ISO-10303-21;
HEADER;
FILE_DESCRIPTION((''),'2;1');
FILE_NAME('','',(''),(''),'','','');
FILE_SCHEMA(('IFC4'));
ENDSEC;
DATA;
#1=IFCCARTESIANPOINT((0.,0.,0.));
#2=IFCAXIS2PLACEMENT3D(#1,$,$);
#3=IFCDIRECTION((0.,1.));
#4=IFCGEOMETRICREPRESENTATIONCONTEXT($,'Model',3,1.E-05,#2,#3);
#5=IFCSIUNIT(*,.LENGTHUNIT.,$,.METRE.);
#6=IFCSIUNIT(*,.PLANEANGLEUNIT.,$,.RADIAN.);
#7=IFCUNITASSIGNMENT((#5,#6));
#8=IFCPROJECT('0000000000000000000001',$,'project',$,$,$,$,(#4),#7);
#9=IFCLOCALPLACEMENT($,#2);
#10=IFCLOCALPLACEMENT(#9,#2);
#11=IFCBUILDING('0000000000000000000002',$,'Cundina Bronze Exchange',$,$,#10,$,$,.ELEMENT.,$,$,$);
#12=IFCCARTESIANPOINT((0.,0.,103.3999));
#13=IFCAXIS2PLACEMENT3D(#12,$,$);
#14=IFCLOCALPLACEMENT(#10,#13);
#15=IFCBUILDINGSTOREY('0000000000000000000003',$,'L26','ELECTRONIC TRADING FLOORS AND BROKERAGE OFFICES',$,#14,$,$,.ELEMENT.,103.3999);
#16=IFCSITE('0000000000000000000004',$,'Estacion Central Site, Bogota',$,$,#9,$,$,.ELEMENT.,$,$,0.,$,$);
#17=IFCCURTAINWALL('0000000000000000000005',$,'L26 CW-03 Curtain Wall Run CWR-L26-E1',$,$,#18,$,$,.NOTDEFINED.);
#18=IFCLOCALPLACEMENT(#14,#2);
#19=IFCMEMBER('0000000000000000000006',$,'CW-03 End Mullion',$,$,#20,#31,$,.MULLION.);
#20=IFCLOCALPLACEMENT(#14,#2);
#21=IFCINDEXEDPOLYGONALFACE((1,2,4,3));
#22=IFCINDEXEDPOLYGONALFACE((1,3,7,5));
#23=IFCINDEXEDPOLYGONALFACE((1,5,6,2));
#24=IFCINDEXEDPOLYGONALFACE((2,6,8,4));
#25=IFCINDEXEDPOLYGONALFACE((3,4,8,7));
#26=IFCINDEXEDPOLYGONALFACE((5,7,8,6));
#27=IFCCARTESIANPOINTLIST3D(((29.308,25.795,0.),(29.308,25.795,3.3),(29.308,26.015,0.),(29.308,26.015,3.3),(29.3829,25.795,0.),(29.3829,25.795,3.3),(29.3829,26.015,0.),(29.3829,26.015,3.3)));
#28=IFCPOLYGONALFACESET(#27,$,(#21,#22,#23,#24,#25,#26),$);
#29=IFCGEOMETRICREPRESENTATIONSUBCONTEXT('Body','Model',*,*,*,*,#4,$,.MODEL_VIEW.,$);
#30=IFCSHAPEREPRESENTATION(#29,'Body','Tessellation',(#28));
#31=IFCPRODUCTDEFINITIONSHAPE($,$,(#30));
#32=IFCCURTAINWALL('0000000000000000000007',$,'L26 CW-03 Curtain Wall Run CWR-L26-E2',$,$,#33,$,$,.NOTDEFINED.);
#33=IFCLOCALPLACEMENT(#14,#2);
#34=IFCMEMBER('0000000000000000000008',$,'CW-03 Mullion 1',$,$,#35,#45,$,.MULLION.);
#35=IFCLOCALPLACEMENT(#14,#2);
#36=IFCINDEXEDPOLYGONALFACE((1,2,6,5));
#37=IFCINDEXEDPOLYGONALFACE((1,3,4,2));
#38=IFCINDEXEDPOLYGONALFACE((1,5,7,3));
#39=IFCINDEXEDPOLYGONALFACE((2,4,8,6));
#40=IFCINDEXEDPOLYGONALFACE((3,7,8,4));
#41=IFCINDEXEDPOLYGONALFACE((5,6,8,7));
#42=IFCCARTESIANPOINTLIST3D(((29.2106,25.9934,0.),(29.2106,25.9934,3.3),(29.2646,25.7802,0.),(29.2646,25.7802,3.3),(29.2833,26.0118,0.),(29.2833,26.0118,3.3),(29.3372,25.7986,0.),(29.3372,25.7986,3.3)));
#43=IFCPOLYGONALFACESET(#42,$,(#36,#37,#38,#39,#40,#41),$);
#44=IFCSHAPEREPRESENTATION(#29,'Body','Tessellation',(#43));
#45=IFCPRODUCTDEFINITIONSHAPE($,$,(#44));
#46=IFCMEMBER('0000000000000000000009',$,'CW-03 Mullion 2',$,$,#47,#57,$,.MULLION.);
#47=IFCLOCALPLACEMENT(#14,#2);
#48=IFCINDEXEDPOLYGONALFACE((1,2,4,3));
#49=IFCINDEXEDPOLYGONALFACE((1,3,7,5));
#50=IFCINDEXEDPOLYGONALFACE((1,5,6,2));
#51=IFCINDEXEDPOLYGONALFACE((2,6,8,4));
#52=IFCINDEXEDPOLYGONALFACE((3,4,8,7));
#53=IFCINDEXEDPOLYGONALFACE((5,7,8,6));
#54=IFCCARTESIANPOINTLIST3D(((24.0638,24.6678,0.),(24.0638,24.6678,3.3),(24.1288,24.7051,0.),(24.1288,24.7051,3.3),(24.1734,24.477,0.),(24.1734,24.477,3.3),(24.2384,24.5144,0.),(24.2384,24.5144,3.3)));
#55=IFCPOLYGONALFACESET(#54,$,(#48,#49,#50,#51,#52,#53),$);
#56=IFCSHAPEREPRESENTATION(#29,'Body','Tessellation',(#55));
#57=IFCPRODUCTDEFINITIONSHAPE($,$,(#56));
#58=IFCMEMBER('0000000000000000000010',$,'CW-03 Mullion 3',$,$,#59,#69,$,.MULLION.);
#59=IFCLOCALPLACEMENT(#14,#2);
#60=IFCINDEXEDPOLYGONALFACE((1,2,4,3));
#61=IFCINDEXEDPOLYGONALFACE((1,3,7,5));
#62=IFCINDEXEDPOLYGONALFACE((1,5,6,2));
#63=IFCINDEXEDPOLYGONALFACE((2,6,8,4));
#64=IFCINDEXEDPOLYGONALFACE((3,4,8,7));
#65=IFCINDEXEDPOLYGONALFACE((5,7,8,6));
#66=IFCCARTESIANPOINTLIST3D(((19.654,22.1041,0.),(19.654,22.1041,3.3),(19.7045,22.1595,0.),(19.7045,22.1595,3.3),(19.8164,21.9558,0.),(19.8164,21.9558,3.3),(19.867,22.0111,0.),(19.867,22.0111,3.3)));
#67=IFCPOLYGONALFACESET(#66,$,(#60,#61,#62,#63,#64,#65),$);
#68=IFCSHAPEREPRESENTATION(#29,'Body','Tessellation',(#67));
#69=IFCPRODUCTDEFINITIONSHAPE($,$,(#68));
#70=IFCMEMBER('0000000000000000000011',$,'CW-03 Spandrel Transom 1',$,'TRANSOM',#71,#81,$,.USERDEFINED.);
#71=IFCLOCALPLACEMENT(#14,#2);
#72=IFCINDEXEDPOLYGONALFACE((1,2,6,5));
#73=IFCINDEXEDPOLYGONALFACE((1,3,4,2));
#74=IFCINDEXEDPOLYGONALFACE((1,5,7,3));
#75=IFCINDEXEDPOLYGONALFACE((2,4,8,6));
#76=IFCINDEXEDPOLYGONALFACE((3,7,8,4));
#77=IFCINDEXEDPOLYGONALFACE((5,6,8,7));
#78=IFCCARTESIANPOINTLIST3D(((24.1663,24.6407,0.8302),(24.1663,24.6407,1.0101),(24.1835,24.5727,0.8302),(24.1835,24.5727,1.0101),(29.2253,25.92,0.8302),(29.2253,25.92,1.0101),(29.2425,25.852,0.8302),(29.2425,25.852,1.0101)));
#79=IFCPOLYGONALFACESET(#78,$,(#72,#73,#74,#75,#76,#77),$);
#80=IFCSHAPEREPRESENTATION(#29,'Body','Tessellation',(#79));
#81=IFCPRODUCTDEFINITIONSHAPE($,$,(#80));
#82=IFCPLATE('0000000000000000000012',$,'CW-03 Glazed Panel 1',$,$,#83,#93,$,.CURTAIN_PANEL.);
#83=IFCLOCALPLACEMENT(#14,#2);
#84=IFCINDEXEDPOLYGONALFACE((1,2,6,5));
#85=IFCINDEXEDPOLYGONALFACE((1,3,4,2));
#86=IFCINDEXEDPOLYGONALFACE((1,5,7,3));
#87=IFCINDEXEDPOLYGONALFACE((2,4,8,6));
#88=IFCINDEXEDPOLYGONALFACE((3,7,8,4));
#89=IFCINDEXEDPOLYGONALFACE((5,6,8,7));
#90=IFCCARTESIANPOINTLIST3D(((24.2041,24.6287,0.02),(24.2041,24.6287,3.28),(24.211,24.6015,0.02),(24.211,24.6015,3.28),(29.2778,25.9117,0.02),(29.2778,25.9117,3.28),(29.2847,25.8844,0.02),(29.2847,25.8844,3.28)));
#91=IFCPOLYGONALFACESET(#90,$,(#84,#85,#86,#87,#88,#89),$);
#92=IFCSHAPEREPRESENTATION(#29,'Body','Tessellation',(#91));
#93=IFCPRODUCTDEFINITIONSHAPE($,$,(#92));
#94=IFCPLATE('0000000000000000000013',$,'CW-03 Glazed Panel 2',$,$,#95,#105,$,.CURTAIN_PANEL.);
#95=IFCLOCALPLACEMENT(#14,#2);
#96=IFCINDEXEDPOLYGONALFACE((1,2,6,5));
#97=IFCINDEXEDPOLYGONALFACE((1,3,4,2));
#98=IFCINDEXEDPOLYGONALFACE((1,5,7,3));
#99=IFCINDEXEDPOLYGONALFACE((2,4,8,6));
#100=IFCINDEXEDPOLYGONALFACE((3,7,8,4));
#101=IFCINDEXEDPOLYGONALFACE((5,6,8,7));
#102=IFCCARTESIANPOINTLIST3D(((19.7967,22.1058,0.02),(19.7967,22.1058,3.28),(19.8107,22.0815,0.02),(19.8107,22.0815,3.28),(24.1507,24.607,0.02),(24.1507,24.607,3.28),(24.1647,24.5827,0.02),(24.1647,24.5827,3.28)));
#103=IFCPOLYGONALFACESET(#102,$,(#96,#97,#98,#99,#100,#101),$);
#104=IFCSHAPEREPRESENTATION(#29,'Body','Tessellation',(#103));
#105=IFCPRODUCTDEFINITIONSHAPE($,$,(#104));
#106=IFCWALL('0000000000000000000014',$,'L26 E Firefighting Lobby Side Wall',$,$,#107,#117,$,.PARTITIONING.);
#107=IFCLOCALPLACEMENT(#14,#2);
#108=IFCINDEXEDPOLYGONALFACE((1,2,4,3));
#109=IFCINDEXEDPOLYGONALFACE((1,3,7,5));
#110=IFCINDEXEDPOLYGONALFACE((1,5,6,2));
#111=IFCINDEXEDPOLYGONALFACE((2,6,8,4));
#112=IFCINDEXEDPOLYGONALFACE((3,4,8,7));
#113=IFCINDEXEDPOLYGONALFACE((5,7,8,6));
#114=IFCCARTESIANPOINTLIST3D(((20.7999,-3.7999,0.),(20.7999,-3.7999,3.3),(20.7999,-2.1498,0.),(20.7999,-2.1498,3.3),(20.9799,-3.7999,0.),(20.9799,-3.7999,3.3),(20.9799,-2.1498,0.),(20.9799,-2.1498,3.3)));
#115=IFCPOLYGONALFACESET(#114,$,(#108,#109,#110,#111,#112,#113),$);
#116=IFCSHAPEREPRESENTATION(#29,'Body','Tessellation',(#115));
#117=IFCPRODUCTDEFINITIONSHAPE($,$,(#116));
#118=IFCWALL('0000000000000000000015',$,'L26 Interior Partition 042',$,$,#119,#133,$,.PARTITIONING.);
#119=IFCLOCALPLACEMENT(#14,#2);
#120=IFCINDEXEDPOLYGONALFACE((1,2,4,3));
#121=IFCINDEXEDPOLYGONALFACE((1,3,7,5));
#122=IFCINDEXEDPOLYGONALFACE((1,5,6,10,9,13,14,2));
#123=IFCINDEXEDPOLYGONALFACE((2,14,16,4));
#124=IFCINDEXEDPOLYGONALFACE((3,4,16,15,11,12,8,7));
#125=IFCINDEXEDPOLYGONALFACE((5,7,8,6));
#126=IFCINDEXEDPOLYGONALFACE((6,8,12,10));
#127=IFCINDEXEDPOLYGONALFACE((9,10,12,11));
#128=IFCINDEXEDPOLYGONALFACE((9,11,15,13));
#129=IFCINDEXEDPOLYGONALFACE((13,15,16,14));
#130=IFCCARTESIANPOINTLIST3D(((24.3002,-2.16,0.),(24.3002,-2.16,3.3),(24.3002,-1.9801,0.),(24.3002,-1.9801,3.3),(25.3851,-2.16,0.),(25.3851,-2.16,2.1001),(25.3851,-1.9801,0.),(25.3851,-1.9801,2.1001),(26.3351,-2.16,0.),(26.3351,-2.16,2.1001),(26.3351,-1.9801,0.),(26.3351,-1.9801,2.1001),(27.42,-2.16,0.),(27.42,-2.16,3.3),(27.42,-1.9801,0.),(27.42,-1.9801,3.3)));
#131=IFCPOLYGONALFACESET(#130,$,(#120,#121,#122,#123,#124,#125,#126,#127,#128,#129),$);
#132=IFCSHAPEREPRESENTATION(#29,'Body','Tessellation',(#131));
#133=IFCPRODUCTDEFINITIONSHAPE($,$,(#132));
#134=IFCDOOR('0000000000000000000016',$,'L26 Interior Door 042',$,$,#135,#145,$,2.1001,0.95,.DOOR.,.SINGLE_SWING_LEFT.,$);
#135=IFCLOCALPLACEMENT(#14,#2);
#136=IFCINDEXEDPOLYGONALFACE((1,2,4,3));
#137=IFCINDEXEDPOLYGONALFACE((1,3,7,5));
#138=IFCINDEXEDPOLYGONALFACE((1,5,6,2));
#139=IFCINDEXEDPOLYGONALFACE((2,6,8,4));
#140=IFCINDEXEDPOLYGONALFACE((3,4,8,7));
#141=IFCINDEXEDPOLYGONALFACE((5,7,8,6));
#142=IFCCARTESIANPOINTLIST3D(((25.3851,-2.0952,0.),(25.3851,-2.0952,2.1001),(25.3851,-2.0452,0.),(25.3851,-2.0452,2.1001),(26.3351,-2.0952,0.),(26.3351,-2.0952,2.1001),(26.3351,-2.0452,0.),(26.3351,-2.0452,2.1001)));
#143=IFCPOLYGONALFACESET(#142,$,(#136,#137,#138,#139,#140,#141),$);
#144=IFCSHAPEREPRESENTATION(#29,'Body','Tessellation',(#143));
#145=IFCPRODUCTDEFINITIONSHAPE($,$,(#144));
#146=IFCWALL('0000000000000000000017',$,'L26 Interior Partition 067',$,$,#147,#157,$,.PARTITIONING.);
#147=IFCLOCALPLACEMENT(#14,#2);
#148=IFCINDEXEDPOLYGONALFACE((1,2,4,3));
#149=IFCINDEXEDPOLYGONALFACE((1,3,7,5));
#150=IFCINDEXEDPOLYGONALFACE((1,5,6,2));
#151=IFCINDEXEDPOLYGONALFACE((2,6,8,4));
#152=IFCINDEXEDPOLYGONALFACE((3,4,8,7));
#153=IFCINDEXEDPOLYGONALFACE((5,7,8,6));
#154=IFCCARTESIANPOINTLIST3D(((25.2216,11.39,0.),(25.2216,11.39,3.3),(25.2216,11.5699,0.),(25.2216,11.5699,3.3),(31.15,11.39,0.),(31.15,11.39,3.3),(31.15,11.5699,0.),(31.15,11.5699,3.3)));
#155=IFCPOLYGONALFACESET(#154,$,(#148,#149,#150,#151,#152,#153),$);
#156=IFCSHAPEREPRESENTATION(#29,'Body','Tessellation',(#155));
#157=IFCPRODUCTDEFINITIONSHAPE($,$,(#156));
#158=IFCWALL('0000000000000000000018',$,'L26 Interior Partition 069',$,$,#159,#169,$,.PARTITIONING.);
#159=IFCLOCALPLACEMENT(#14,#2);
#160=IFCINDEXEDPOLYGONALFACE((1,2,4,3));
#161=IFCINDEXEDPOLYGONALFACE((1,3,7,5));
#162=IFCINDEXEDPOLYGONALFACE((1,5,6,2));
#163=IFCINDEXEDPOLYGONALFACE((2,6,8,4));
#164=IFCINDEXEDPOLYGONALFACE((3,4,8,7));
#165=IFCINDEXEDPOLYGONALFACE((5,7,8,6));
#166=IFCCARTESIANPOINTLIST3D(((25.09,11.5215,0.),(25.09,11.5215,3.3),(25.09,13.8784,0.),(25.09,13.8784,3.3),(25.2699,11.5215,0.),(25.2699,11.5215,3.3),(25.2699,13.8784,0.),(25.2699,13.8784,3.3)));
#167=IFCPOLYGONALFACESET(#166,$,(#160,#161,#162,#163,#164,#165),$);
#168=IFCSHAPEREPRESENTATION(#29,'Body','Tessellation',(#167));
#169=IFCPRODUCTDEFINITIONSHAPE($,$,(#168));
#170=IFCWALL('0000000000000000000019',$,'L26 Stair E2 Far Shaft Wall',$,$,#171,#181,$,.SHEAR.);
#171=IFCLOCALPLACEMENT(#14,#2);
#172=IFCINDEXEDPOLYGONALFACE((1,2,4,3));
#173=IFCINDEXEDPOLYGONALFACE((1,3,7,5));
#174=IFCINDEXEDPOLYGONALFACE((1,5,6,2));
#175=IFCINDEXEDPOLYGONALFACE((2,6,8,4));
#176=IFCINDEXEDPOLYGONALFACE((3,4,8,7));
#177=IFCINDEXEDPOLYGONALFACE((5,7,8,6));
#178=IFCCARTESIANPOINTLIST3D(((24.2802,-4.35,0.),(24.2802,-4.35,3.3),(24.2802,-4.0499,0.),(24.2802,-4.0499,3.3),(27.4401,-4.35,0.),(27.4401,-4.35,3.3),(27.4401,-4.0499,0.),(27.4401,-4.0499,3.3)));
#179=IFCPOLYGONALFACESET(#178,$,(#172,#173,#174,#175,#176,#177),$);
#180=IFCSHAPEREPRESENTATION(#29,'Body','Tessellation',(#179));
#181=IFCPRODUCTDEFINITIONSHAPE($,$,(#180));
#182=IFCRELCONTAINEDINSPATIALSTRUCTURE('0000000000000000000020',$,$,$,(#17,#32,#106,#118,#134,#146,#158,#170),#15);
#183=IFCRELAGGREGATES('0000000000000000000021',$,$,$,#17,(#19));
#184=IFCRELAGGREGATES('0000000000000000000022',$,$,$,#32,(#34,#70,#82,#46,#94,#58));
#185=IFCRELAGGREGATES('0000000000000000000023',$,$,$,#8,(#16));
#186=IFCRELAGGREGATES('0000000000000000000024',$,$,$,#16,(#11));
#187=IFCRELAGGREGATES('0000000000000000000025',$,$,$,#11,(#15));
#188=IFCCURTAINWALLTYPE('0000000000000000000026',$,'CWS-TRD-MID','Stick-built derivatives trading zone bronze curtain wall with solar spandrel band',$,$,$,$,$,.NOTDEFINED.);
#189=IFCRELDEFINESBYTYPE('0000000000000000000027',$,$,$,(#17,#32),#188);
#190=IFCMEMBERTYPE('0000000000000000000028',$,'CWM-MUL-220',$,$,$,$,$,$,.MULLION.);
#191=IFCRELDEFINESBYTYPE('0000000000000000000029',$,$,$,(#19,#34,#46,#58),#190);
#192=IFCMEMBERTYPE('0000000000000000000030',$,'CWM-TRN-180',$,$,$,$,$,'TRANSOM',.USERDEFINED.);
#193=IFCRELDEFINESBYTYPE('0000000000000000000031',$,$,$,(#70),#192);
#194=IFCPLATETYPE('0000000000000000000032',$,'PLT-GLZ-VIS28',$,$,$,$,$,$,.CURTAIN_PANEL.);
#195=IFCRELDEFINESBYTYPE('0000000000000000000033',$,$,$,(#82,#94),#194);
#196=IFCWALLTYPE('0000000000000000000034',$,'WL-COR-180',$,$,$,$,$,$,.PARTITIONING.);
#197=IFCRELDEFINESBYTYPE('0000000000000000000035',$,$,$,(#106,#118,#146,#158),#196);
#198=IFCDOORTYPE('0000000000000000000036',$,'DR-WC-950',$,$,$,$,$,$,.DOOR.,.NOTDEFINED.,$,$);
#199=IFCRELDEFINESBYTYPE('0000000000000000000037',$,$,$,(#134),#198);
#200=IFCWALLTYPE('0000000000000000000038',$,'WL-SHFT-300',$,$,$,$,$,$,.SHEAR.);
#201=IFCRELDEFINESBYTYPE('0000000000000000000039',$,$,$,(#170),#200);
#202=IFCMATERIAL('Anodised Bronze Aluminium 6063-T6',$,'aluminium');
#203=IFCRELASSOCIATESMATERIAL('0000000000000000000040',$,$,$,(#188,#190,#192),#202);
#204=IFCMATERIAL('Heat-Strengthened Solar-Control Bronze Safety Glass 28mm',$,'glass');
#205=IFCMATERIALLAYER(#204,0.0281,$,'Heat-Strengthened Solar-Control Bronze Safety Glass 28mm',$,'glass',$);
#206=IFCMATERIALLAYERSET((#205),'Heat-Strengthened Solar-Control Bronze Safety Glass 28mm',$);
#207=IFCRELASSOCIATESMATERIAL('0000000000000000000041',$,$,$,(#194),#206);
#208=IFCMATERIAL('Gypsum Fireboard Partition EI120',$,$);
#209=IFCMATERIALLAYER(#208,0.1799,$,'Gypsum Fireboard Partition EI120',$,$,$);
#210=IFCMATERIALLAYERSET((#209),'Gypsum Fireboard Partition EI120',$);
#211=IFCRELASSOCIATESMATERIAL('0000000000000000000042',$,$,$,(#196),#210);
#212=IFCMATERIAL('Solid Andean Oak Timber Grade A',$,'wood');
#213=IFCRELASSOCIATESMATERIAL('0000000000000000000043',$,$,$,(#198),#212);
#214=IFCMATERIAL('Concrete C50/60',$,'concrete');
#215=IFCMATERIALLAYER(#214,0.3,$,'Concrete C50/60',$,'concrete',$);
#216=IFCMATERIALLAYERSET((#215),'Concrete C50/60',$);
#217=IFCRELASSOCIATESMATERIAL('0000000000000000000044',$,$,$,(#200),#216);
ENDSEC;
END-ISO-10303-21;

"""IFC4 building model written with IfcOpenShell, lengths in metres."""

from ifc_helpers import new_model, si_unit, direction, frame, frame_2d, origin, origin_2d, place, context, subcontext, project, spatial, rectangle, extrude, material, layer, layer_set, material_profile, profile_set, type_object, element, fill, aggregate, save


model = new_model("IFC4")

# Units and contexts
model_context = context("Model", 3, precision=1e-05, world=origin(), true_north=direction((0.0, 1.0)))
body_context = subcontext(model_context, "Body", "Model", "MODEL_VIEW")
ifc_project = project(units=[si_unit("LENGTHUNIT", "METRE"), si_unit("PLANEANGLEUNIT", "RADIAN")], contexts=[model_context])

# Site, building, storey
site_placement = place(None, origin())
site = spatial("IfcSite", under=ifc_project, at=site_placement, Name="Estacion Central Site, Bogota", CompositionType="ELEMENT", RefElevation=0.0)
building_placement = place(site_placement, origin())
building = spatial("IfcBuilding", under=site, at=building_placement, Name="Cundina Bronze Exchange", CompositionType="ELEMENT")
storey_placement = place(building_placement, frame((0.0, 0.0, 103.3999)))
storey = spatial("IfcBuildingStorey", under=building, at=storey_placement, Name="L26", Description="ELECTRONIC TRADING FLOORS AND BROKERAGE OFFICES", CompositionType="ELEMENT", Elevation=103.3999)

# Curtain wall, member
ifc_material_1 = material(Name="Anodised Bronze Aluminium 6063-T6", Category="aluminium")
curtain_wall_type = type_object("IfcCurtainWallType", Name="CWS-TRD-MID", Description="Stick-built derivatives trading zone bronze curtain wall with solar spandrel band", PredefinedType="NOTDEFINED", material=ifc_material_1)
curtain_wall_1_placement = place(storey_placement, origin())
curtain_wall_1 = element("IfcCurtainWall", 1, at=curtain_wall_1_placement, inside=storey, type_object=curtain_wall_type, Name="L26 CW-03 Curtain Wall Run CWR-L26-E1", PredefinedType="NOTDEFINED")
ifc_material_profile_1 = material_profile(ifc_material_1, rectangle(XDim=0.075, YDim=0.22, at=origin_2d()), Name="AL75X220", Category="aluminium")
ifc_profile_set_1 = profile_set([ifc_material_profile_1], Name="Anodised Bronze Aluminium 6063-T6")
member_type_1 = type_object("IfcMemberType", Name="CWM-MUL-220", PredefinedType="MULLION", material=ifc_profile_set_1)
member_1_placement = place(storey_placement, frame((29.3455, 25.905, 0.0), z_axis=(0.0, 0.0, 1.0), x_axis=(-1.0, 0.0, 0.0)))
member_1 = element("IfcMember", 2, at=member_1_placement, type_object=member_type_1, Name="CW-03 End Mullion", PredefinedType="MULLION", context=body_context, shape_type="SweptSolid", body=[
    extrude(rectangle(XDim=0.075, YDim=0.22, at=origin_2d()), origin(), (0.0, 0.0, 1.0), 3.3),
])
aggregate(curtain_wall_1, [member_1])

# Curtain wall, members, plates
curtain_wall_2_placement = place(storey_placement, origin())
curtain_wall_2 = element("IfcCurtainWall", 3, at=curtain_wall_2_placement, inside=storey, type_object=curtain_wall_type, Name="L26 CW-03 Curtain Wall Run CWR-L26-E2", PredefinedType="NOTDEFINED")
member_2_placement = place(storey_placement, frame((29.2739, 25.896, 0.0), z_axis=(0.0, 0.0, 1.0), x_axis=(-0.969488, -0.245138, 0.0)))
member_2 = element("IfcMember", 4, at=member_2_placement, type_object=member_type_1, Name="CW-03 Mullion 1", PredefinedType="MULLION", context=body_context, shape_type="SweptSolid", body=[
    extrude(rectangle(XDim=0.075, YDim=0.22, at=origin_2d()), origin(), (0.0, 0.0, 1.0), 3.3),
])
member_3_placement = place(storey_placement, frame((24.1511, 24.5911, 0.0), z_axis=(0.0, 0.0, 1.0), x_axis=(-0.867071, -0.498185, 0.0)))
member_3 = element("IfcMember", 5, at=member_3_placement, type_object=member_type_1, Name="CW-03 Mullion 2", PredefinedType="MULLION", context=body_context, shape_type="SweptSolid", body=[
    extrude(rectangle(XDim=0.075, YDim=0.22, at=origin_2d()), origin(), (0.0, 0.0, 1.0), 3.3),
])
member_4_placement = place(storey_placement, frame((19.7605, 22.0576, 0.0), z_axis=(0.0, 0.0, 1.0), x_axis=(-0.674302, -0.738455, 0.0)))
member_4 = element("IfcMember", 6, at=member_4_placement, type_object=member_type_1, Name="CW-03 Mullion 3", PredefinedType="MULLION", context=body_context, shape_type="SweptSolid", body=[
    extrude(rectangle(XDim=0.075, YDim=0.22, at=origin_2d()), origin(), (0.0, 0.0, 1.0), 3.3),
])
ifc_material_profile_2 = material_profile(ifc_material_1, rectangle(XDim=0.0701, YDim=0.1799, at=origin_2d()), Name="AL70X180", Category="aluminium")
ifc_profile_set_2 = profile_set([ifc_material_profile_2], Name="Anodised Bronze Aluminium 6063-T6")
member_type_2 = type_object("IfcMemberType", Name="CWM-TRN-180", ElementType="TRANSOM", PredefinedType="USERDEFINED", material=ifc_profile_set_2)
member_5_placement = place(storey_placement, frame((29.2339, 25.886, 0.9202), z_axis=(-0.969484, -0.245155, 0.0), x_axis=(0.245155, -0.969484, 0.0)))
member_5 = element("IfcMember", 7, at=member_5_placement, type_object=member_type_2, Name="CW-03 Spandrel Transom 1", ObjectType="TRANSOM", PredefinedType="USERDEFINED", context=body_context, shape_type="SweptSolid", body=[
    extrude(rectangle(XDim=0.0701, YDim=0.1799, at=origin_2d()), origin(), (0.0, 0.0, 1.0), 5.2183),
])
ifc_material_2 = material(Name="Heat-Strengthened Solar-Control Bronze Safety Glass 28mm", Category="glass")
ifc_layer_1 = layer(ifc_material_2, 0.0281, Name="Heat-Strengthened Solar-Control Bronze Safety Glass 28mm", Category="glass")
ifc_layer_set_1 = layer_set([ifc_layer_1], Name="Heat-Strengthened Solar-Control Bronze Safety Glass 28mm")
plate_type = type_object("IfcPlateType", Name="PLT-GLZ-VIS28", PredefinedType="CURTAIN_PANEL", material=ifc_layer_set_1)
plate_1_placement = place(storey_placement, frame((26.7444, 25.2566, 0.02), z_axis=(0.0, 0.0, 1.0), x_axis=(-0.969488, -0.245138, 0.0)))
plate_1 = element("IfcPlate", 8, at=plate_1_placement, type_object=plate_type, Name="CW-03 Glazed Panel 1", PredefinedType="CURTAIN_PANEL", context=body_context, shape_type="SweptSolid", body=[
    extrude(rectangle(XDim=5.2334, YDim=0.0281, at=origin_2d()), origin(), (0.0, 0.0, 1.0), 3.26),
])
plate_2_placement = place(storey_placement, frame((21.9807, 23.3442, 0.02), z_axis=(0.0, 0.0, 1.0), x_axis=(-0.867105, -0.498125, 0.0)))
plate_2 = element("IfcPlate", 9, at=plate_2_placement, type_object=plate_type, Name="CW-03 Glazed Panel 2", PredefinedType="CURTAIN_PANEL", context=body_context, shape_type="SweptSolid", body=[
    extrude(rectangle(XDim=5.0212, YDim=0.0281, at=origin_2d()), origin(), (0.0, 0.0, 1.0), 3.26),
])
aggregate(curtain_wall_2, [member_2, member_5, plate_1, member_3, plate_2, member_4])

# Wall
ifc_material_3 = material(Name="Gypsum Fireboard Partition EI120")
ifc_layer_2 = layer(ifc_material_3, 0.1799, Name="Gypsum Fireboard Partition EI120")
ifc_layer_set_2 = layer_set([ifc_layer_2], Name="Gypsum Fireboard Partition EI120")
wall_type_1 = type_object("IfcWallType", Name="WL-COR-180", PredefinedType="PARTITIONING", material=ifc_layer_set_2)
wall_1_placement = place(storey_placement, frame((20.8899, -3.8, 0.0), z_axis=(0.0, 0.0, 1.0), x_axis=(0.0, 1.0, 0.0)))
element("IfcWall", 10, at=wall_1_placement, inside=storey, type_object=wall_type_1, Name="L26 E Firefighting Lobby Side Wall", PredefinedType="PARTITIONING", context=body_context, shape_type="SweptSolid", body=[
    extrude(rectangle(XDim=1.6501, YDim=0.1799, at=frame_2d((0.8252, 0.0))), origin(), (0.0, 0.0, 1.0), 3.3),
])

# Wall, opening, door
wall_2_placement = place(storey_placement, frame((24.3, -2.0701, 0.0), z_axis=(0.0, 0.0, 1.0), x_axis=(1.0, 0.0, 0.0)))
wall_2 = element("IfcWall", 11, at=wall_2_placement, inside=storey, type_object=wall_type_1, Name="L26 Interior Partition 042", PredefinedType="PARTITIONING", context=body_context, shape_type="SweptSolid", body=[
    extrude(rectangle(XDim=3.1199, YDim=0.1799, at=frame_2d((1.5601, 0.0))), origin(), (0.0, 0.0, 1.0), 3.3),
])
opening_1_placement = place(wall_2_placement, frame((1.085, 0.0, 0.0)))
opening_1 = element("IfcOpeningElement", 12, at=opening_1_placement, cuts=wall_2, PredefinedType="OPENING", context=body_context, shape_type="SweptSolid", body=[
    extrude(rectangle(XDim=0.95, YDim=2.1001, at=frame_2d((0.4751, 1.05))), frame((0.0, 0.0999, 0.0), z_axis=(0.0, -1.0, 0.0), x_axis=(1.0, 0.0, 0.0)), (0.0, 0.0, 1.0), 0.2),
])
ifc_material_4 = material(Name="Solid Andean Oak Timber Grade A", Category="wood")
door_type_1 = type_object("IfcDoorType", Name="DR-WC-950", OperationType="NOTDEFINED", PredefinedType="DOOR", material=ifc_material_4)
door_1_placement = place(opening_1_placement, origin())
door_1 = element("IfcDoor", 13, at=door_1_placement, inside=storey, type_object=door_type_1, Name="L26 Interior Door 042", OperationType="SINGLE_SWING_LEFT", OverallHeight=2.1001, OverallWidth=0.95, PredefinedType="DOOR", context=body_context, shape_type="SweptSolid", body=[
    extrude(rectangle(XDim=0.95, YDim=2.1001, at=frame_2d((0.4751, 1.05))), frame((0.0, 0.0249, 0.0), z_axis=(0.0, -1.0, 0.0), x_axis=(1.0, 0.0, 0.0)), (0.0, 0.0, 1.0), 0.05),
])
fill(opening_1, door_1)

# Walls
wall_3_placement = place(storey_placement, frame((25.2214, 11.48, 0.0), z_axis=(0.0, 0.0, 1.0), x_axis=(1.0, 0.0, 0.0)))
element("IfcWall", 14, at=wall_3_placement, inside=storey, type_object=wall_type_1, Name="L26 Interior Partition 067", PredefinedType="PARTITIONING", context=body_context, shape_type="SweptSolid", body=[
    extrude(rectangle(XDim=5.9285, YDim=0.1799, at=frame_2d((2.9644, 0.0))), origin(), (0.0, 0.0, 1.0), 3.3),
])
wall_4_placement = place(storey_placement, frame((25.1799, 13.8784, 0.0), z_axis=(0.0, 0.0, 1.0), x_axis=(0.0, -1.0, 0.0)))
element("IfcWall", 15, at=wall_4_placement, inside=storey, type_object=wall_type_1, Name="L26 Interior Partition 069", PredefinedType="PARTITIONING", context=body_context, shape_type="SweptSolid", body=[
    extrude(rectangle(XDim=2.3569, YDim=0.1799, at=frame_2d((1.1785, 0.0))), origin(), (0.0, 0.0, 1.0), 3.3),
])

# Shared definitions
ifc_material_5 = material(Name="Concrete C50/60", Category="concrete")
ifc_layer_3 = layer(ifc_material_5, 0.3, Name="Concrete C50/60", Category="concrete")
ifc_layer_set_3 = layer_set([ifc_layer_3], Name="Concrete C50/60")
wall_type_2 = type_object("IfcWallType", Name="WL-SHFT-300", PredefinedType="SHEAR", material=ifc_layer_set_3)

# Wall
wall_5_placement = place(storey_placement, frame((24.28, -4.2, 0.0), z_axis=(0.0, 0.0, 1.0), x_axis=(1.0, 0.0, 0.0)))
element("IfcWall", 16, at=wall_5_placement, inside=storey, type_object=wall_type_2, Name="L26 Stair E2 Far Shaft Wall", PredefinedType="SHEAR", context=body_context, shape_type="SweptSolid", body=[
    extrude(rectangle(XDim=3.1599, YDim=0.3, at=frame_2d((1.5801, 0.0))), origin(), (0.0, 0.0, 1.0), 3.3),
])

save(model, "model.ifc")
